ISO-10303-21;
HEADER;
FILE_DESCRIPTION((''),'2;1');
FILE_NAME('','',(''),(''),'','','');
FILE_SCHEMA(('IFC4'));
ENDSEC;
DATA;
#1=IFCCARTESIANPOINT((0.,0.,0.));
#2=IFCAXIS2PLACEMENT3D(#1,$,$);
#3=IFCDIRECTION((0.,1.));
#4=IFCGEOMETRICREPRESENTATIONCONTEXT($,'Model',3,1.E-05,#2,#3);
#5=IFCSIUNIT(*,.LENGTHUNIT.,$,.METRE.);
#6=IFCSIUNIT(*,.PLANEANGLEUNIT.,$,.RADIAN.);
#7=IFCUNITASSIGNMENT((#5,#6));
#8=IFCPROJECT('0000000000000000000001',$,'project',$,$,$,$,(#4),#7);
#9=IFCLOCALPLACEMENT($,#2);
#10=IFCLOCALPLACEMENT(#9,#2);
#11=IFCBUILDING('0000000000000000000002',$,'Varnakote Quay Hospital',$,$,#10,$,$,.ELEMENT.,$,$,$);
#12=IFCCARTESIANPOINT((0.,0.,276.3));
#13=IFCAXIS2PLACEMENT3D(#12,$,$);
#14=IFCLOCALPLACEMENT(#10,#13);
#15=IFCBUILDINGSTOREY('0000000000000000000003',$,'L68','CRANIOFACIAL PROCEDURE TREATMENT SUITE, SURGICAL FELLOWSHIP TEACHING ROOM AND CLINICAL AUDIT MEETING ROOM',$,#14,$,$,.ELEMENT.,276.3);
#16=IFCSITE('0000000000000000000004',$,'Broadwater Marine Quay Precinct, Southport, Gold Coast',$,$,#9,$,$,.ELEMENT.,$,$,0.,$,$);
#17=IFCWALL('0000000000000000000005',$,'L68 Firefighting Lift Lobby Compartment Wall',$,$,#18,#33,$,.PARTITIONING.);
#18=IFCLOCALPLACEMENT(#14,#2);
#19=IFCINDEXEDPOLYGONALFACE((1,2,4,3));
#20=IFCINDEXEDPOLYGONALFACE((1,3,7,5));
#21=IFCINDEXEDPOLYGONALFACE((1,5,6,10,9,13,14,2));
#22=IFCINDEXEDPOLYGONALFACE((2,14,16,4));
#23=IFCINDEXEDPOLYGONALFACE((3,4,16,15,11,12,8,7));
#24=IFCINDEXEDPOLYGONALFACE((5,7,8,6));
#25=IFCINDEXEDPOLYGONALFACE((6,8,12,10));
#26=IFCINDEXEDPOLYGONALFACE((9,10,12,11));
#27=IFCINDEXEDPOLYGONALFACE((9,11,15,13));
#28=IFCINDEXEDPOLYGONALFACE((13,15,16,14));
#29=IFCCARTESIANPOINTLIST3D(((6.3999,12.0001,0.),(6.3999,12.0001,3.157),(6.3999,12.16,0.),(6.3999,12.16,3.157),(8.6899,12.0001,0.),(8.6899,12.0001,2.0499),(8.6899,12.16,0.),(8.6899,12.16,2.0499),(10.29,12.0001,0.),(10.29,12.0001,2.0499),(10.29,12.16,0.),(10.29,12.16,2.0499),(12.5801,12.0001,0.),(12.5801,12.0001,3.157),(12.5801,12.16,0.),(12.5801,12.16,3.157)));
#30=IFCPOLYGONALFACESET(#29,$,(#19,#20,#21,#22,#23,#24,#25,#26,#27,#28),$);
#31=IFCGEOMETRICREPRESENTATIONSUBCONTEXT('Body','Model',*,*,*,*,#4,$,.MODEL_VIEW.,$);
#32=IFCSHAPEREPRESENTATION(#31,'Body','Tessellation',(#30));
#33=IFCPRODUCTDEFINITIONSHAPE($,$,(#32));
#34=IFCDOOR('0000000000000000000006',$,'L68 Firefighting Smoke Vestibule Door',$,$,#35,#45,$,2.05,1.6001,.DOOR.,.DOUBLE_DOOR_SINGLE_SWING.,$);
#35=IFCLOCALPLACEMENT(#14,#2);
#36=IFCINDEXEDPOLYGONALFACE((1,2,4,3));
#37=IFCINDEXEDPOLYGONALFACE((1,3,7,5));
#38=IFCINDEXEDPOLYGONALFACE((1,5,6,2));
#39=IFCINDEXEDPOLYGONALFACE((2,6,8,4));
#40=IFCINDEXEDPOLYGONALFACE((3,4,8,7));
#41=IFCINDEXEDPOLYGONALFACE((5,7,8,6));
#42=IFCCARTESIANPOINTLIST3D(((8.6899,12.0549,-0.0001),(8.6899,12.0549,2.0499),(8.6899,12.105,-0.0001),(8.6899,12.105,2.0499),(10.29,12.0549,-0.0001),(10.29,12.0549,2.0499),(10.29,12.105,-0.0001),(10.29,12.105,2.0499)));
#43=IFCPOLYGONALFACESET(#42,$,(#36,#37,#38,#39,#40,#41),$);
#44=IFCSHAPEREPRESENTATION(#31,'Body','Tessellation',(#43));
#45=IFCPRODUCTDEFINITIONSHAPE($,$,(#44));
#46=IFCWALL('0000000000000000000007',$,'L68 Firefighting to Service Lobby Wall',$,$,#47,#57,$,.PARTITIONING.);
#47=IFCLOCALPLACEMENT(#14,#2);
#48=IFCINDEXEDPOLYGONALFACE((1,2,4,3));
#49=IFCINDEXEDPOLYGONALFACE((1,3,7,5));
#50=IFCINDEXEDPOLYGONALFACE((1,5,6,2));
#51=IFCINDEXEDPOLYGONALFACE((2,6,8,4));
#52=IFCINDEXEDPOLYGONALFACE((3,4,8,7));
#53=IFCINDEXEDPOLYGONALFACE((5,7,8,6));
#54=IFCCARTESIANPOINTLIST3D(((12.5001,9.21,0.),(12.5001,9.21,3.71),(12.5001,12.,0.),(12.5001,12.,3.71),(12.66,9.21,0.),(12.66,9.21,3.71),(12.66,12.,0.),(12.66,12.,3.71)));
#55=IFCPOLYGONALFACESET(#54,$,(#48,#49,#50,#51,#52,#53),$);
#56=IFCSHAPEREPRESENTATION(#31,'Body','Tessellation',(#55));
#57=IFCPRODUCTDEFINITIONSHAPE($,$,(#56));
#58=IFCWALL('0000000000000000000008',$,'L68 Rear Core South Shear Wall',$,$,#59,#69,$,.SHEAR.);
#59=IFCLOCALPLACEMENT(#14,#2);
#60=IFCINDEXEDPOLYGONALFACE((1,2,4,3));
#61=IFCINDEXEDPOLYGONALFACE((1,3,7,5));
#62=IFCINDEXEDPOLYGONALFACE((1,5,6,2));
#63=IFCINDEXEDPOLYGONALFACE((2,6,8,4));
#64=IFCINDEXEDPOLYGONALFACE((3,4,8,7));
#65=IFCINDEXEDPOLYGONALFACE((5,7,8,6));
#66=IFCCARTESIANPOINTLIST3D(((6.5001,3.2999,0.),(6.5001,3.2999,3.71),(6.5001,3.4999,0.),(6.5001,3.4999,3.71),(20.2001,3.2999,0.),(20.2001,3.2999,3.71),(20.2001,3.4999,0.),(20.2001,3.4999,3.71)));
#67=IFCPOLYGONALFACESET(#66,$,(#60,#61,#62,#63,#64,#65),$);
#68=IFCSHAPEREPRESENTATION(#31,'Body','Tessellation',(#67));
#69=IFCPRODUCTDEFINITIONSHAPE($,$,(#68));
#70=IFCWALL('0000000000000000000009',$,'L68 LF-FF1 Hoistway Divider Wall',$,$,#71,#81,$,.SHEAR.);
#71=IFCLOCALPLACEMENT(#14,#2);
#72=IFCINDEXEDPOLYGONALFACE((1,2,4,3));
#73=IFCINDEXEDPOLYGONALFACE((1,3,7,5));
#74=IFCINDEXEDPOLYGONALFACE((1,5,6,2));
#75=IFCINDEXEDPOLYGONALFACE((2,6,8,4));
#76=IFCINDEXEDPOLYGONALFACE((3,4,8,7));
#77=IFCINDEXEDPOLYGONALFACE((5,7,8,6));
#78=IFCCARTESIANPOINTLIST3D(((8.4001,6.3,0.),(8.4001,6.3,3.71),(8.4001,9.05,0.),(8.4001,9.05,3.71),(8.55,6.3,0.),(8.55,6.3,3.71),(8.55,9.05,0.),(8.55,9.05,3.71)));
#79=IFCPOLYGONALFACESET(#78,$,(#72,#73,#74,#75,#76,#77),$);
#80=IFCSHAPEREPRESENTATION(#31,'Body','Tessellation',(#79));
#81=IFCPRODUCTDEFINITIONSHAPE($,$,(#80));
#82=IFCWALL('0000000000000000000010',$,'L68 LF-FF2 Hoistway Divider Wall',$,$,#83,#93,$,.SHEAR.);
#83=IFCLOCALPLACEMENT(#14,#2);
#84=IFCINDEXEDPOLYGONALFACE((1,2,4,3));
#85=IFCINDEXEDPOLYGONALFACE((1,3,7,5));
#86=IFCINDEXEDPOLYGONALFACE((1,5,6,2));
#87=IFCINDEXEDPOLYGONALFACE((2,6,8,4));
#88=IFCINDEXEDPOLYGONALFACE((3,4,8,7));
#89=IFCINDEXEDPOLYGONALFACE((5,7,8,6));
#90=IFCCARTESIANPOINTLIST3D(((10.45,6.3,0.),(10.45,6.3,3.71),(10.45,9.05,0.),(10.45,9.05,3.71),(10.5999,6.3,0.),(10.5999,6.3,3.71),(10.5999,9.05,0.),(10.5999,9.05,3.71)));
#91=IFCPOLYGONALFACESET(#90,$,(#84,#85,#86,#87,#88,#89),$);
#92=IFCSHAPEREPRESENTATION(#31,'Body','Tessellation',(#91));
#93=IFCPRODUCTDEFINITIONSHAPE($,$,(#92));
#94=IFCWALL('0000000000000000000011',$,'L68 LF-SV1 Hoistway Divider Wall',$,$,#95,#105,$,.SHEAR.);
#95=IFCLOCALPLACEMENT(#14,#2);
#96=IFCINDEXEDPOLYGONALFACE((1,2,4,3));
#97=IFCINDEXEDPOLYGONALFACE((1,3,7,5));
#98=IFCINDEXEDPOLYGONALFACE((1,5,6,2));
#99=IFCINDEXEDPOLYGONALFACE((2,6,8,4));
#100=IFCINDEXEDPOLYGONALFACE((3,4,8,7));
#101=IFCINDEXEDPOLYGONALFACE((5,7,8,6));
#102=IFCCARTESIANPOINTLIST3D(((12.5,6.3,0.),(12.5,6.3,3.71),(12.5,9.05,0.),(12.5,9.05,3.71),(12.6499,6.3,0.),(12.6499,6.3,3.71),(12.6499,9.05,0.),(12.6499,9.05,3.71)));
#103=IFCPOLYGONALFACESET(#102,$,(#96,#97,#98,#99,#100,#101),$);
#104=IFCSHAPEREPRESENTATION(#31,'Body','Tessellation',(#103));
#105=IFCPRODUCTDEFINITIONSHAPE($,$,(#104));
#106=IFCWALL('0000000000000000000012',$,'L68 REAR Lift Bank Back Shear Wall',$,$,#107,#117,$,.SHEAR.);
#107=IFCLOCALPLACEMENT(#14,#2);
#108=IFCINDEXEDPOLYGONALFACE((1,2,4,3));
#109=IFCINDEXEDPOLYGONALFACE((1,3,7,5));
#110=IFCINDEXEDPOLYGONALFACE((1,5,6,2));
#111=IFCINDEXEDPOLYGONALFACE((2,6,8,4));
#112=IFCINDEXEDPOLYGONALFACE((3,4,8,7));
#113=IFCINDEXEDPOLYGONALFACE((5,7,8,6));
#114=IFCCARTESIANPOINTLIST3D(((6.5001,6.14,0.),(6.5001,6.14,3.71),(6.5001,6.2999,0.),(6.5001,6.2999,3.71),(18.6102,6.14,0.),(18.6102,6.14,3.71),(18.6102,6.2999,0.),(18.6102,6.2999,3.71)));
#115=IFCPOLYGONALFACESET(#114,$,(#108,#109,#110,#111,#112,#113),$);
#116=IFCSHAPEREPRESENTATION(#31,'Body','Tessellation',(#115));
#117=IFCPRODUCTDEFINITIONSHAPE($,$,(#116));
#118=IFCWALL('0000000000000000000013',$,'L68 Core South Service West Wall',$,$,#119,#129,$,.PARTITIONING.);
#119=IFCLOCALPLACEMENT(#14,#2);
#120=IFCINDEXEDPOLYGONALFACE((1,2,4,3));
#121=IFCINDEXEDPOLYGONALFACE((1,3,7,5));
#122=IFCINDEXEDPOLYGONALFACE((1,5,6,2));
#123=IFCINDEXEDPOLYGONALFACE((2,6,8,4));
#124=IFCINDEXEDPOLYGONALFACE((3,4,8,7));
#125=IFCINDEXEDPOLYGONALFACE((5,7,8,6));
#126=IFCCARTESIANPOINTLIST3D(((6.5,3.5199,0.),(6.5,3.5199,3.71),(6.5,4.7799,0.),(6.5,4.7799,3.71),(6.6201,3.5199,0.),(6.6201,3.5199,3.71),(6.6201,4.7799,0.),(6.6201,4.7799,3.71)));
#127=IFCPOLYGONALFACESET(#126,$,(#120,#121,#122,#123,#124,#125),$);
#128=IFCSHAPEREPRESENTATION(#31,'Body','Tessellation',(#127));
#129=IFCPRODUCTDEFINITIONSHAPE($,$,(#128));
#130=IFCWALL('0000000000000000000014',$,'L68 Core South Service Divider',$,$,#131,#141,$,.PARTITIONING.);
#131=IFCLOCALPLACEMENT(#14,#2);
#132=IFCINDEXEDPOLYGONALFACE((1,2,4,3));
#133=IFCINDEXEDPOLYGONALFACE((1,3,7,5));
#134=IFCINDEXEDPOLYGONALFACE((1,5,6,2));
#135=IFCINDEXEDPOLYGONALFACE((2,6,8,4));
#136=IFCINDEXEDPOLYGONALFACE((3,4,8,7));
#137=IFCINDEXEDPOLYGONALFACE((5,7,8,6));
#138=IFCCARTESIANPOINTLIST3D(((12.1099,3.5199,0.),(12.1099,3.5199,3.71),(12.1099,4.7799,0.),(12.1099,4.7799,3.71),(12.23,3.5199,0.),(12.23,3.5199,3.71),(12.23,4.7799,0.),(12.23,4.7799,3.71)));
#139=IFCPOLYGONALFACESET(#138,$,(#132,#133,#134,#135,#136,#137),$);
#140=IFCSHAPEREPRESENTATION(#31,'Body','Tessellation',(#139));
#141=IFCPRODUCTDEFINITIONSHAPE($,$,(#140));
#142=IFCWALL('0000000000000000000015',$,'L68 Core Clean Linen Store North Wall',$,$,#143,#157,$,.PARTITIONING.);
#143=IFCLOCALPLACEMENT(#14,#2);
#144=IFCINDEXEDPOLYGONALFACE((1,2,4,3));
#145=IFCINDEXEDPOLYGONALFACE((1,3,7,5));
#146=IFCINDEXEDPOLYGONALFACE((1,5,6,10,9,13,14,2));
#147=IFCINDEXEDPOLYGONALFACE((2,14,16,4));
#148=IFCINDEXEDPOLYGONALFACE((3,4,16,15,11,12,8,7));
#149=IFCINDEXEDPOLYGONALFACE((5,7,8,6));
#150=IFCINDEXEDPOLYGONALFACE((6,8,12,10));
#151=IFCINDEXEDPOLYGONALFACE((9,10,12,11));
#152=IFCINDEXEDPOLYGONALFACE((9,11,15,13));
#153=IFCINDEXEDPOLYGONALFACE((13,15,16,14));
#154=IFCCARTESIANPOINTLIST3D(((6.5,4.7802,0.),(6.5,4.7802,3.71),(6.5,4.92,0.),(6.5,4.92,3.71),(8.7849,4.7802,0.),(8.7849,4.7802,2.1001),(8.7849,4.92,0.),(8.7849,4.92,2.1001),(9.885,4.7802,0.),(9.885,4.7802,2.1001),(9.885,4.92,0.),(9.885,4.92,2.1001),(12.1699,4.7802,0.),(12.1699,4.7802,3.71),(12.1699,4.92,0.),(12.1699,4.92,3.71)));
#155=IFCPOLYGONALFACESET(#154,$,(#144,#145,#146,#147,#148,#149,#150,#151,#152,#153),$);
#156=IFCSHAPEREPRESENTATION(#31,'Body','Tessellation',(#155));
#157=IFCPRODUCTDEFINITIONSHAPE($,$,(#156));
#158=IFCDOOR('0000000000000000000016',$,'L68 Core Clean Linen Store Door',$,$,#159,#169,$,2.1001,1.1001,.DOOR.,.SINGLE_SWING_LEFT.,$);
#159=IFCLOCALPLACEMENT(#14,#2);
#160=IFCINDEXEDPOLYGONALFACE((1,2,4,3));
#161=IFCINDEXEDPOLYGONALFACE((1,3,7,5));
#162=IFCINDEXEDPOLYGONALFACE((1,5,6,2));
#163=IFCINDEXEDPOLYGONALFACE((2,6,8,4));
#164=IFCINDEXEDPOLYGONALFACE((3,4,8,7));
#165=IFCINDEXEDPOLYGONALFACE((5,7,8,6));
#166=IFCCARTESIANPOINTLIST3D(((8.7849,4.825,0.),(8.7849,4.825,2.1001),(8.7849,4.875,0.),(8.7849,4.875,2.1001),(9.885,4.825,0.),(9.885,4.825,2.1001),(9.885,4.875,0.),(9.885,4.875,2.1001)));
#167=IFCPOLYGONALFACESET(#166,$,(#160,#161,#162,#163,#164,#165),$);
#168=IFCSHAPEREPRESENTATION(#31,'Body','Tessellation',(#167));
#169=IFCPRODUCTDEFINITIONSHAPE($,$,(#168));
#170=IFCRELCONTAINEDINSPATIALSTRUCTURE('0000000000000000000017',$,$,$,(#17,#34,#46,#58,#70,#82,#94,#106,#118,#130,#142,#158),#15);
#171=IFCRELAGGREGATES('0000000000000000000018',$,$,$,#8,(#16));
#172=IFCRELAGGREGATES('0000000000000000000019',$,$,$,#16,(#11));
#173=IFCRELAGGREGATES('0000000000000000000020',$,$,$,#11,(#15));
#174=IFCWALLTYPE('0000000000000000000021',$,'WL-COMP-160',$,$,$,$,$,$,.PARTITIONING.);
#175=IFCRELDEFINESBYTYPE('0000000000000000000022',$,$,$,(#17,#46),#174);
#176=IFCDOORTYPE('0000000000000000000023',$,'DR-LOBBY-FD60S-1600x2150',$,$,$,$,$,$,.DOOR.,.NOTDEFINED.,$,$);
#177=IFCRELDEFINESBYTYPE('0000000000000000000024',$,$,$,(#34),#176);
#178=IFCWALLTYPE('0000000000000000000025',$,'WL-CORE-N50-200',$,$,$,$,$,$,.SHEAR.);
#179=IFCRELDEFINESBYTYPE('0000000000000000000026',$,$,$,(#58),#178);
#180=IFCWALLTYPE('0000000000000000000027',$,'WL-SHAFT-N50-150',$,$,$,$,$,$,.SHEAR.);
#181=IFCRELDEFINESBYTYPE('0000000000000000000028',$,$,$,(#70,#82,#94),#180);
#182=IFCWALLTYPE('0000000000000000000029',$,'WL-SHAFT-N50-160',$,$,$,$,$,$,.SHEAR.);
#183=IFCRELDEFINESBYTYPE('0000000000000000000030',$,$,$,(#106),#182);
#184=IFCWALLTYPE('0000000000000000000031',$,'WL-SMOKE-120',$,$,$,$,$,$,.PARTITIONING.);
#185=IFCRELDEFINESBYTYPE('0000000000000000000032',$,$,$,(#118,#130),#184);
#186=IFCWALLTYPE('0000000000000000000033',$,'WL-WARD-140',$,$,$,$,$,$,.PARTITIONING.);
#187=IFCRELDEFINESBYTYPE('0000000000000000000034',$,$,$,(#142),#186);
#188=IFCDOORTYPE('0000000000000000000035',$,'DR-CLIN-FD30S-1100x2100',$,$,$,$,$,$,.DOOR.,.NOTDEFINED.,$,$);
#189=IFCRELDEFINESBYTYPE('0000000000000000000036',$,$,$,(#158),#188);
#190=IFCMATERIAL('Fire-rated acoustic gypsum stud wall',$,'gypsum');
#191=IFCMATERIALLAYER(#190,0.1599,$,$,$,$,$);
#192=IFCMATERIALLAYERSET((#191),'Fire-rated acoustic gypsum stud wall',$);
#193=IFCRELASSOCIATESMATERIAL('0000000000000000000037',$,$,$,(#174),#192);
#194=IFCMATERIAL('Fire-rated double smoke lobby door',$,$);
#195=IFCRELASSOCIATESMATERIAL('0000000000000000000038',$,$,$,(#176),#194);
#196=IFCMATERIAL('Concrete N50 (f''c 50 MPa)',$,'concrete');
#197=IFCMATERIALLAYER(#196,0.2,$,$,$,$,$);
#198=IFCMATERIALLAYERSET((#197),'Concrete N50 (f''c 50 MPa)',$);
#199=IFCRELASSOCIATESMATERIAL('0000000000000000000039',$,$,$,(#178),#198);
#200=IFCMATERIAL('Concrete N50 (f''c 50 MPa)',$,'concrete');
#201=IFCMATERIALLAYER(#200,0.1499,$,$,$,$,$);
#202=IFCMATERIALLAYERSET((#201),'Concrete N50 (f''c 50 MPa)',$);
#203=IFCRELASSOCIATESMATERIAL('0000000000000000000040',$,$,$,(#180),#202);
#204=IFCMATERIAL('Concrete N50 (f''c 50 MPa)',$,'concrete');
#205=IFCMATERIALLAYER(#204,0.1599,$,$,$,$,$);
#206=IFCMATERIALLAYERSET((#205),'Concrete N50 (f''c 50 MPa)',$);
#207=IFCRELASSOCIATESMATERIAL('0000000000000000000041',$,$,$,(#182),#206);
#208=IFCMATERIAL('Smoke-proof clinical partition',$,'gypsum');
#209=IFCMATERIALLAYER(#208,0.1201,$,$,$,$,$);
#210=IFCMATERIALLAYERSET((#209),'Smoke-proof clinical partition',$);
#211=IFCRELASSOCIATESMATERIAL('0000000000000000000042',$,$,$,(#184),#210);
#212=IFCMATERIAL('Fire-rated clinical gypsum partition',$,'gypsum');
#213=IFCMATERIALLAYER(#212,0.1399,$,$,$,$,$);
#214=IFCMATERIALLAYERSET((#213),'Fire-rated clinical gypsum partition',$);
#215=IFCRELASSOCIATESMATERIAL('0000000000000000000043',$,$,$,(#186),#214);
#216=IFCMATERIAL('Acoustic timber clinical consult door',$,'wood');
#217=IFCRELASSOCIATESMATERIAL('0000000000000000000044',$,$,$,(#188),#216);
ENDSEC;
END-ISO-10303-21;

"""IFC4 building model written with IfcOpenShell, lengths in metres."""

from ifc_helpers import new_model, si_unit, direction, frame, frame_2d, origin, place, context, subcontext, project, spatial, rectangle, extrude, material, layer, layer_set, type_object, element, fill, save


model = new_model("IFC4")

# Units and contexts
model_context = context("Model", 3, precision=1e-05, world=origin(), true_north=direction((0.0, 1.0)))
body_context = subcontext(model_context, "Body", "Model", "MODEL_VIEW")
ifc_project = project(units=[si_unit("LENGTHUNIT", "METRE"), si_unit("PLANEANGLEUNIT", "RADIAN")], contexts=[model_context])

# Site, building, storey
site_placement = place(None, origin())
site = spatial("IfcSite", under=ifc_project, at=site_placement, Name="Broadwater Marine Quay Precinct, Southport, Gold Coast", CompositionType="ELEMENT", RefElevation=0.0)
building_placement = place(site_placement, origin())
building = spatial("IfcBuilding", under=site, at=building_placement, Name="Varnakote Quay Hospital", CompositionType="ELEMENT")
storey_placement = place(building_placement, frame((0.0, 0.0, 276.3)))
storey = spatial("IfcBuildingStorey", under=building, at=storey_placement, Name="L68", Description="CRANIOFACIAL PROCEDURE TREATMENT SUITE, SURGICAL FELLOWSHIP TEACHING ROOM AND CLINICAL AUDIT MEETING ROOM", CompositionType="ELEMENT", Elevation=276.3)

# Wall, opening, door
ifc_material_1 = material(Name="Fire-rated acoustic gypsum stud wall", Category="gypsum")
ifc_layer_1 = layer(ifc_material_1, 0.1599)
ifc_layer_set_1 = layer_set([ifc_layer_1], Name="Fire-rated acoustic gypsum stud wall")
wall_type_1 = type_object("IfcWallType", Name="WL-COMP-160", PredefinedType="PARTITIONING", material=ifc_layer_set_1)
wall_1_placement = place(storey_placement, frame((6.3999, 12.0801, 0.0), z_axis=(0.0, 0.0, 1.0), x_axis=(1.0, 0.0, 0.0)))
wall_1 = element("IfcWall", 1, at=wall_1_placement, inside=storey, type_object=wall_type_1, Name="L68 Firefighting Lift Lobby Compartment Wall", PredefinedType="PARTITIONING", context=body_context, shape_type="SweptSolid", body=[
    extrude(rectangle(XDim=6.1802, YDim=0.1599, at=frame_2d((3.0901, 0.0))), origin(), (0.0, 0.0, 1.0), 3.157),
])
opening_1_placement = place(wall_1_placement, frame((2.29, 0.0, 0.0)))
opening_1 = element("IfcOpeningElement", 2, at=opening_1_placement, cuts=wall_1, PredefinedType="OPENING", context=body_context, shape_type="SweptSolid", body=[
    extrude(rectangle(XDim=1.6001, YDim=2.05, at=frame_2d((0.8, 1.0249))), frame((0.0, 0.0898, 0.0), z_axis=(0.0, -1.0, 0.0), x_axis=(1.0, 0.0, 0.0)), (0.0, 0.0, 1.0), 0.1799),
])
ifc_material_2 = material(Name="Fire-rated double smoke lobby door")
door_type_1 = type_object("IfcDoorType", Name="DR-LOBBY-FD60S-1600x2150", OperationType="NOTDEFINED", PredefinedType="DOOR", material=ifc_material_2)
door_1_placement = place(opening_1_placement, origin())
door_1 = element("IfcDoor", 3, at=door_1_placement, inside=storey, type_object=door_type_1, Name="L68 Firefighting Smoke Vestibule Door", OperationType="DOUBLE_DOOR_SINGLE_SWING", OverallHeight=2.05, OverallWidth=1.6001, PredefinedType="DOOR", context=body_context, shape_type="SweptSolid", body=[
    extrude(rectangle(XDim=1.6001, YDim=2.05, at=frame_2d((0.8, 1.0249))), frame((0.0, 0.0249, 0.0), z_axis=(0.0, -1.0, 0.0), x_axis=(1.0, 0.0, 0.0)), (0.0, 0.0, 1.0), 0.05),
])
fill(opening_1, door_1)

# Walls
wall_2_placement = place(storey_placement, frame((12.5801, 9.21, 0.0), z_axis=(0.0, 0.0, 1.0), x_axis=(0.0, 1.0, 0.0)))
element("IfcWall", 4, at=wall_2_placement, inside=storey, type_object=wall_type_1, Name="L68 Firefighting to Service Lobby Wall", PredefinedType="PARTITIONING", context=body_context, shape_type="SweptSolid", body=[
    extrude(rectangle(XDim=2.79, YDim=0.1599, at=frame_2d((1.395, 0.0))), origin(), (0.0, 0.0, 1.0), 3.71),
])
ifc_material_3 = material(Name="Concrete N50 (f'c 50 MPa)", Category="concrete")
ifc_layer_2 = layer(ifc_material_3, 0.2)
ifc_layer_set_2 = layer_set([ifc_layer_2], Name="Concrete N50 (f'c 50 MPa)")
wall_type_2 = type_object("IfcWallType", Name="WL-CORE-N50-200", PredefinedType="SHEAR", material=ifc_layer_set_2)
wall_3_placement = place(storey_placement, frame((6.5, 3.3999, 0.0), z_axis=(0.0, 0.0, 1.0), x_axis=(1.0, 0.0, 0.0)))
element("IfcWall", 5, at=wall_3_placement, inside=storey, type_object=wall_type_2, Name="L68 Rear Core South Shear Wall", PredefinedType="SHEAR", context=body_context, shape_type="SweptSolid", body=[
    extrude(rectangle(XDim=13.7, YDim=0.2, at=frame_2d((6.8501, 0.0))), origin(), (0.0, 0.0, 1.0), 3.71),
])
ifc_material_4 = material(Name="Concrete N50 (f'c 50 MPa)", Category="concrete")
ifc_layer_3 = layer(ifc_material_4, 0.1499)
ifc_layer_set_3 = layer_set([ifc_layer_3], Name="Concrete N50 (f'c 50 MPa)")
wall_type_3 = type_object("IfcWallType", Name="WL-SHAFT-N50-150", PredefinedType="SHEAR", material=ifc_layer_set_3)
for number, where, z_axis, x_axis, name in (
    (6, (8.4751, 6.3, 0.0), (0.0, 0.0, 1.0), (0.0, 1.0, 0.0), "L68 LF-FF1 Hoistway Divider Wall"),
    (7, (10.5249, 6.3, 0.0), (0.0, 0.0, 1.0), (0.0, 1.0, 0.0), "L68 LF-FF2 Hoistway Divider Wall"),
    (8, (12.575, 6.3, 0.0), (0.0, 0.0, 1.0), (0.0, 1.0, 0.0), "L68 LF-SV1 Hoistway Divider Wall"),
):
    element("IfcWall", number, at=place(storey_placement, frame(where, z_axis=z_axis, x_axis=x_axis)), inside=storey, type_object=wall_type_3, Name=name, PredefinedType="SHEAR", context=body_context, shape_type="SweptSolid", body=[
        extrude(rectangle(XDim=2.75, YDim=0.1499, at=frame_2d((1.375, 0.0))), origin(), (0.0, 0.0, 1.0), 3.71),
    ])
ifc_material_5 = material(Name="Concrete N50 (f'c 50 MPa)", Category="concrete")
ifc_layer_4 = layer(ifc_material_5, 0.1599)
ifc_layer_set_4 = layer_set([ifc_layer_4], Name="Concrete N50 (f'c 50 MPa)")
wall_type_4 = type_object("IfcWallType", Name="WL-SHAFT-N50-160", PredefinedType="SHEAR", material=ifc_layer_set_4)
wall_4_placement = place(storey_placement, frame((6.5, 6.22, 0.0), z_axis=(0.0, 0.0, 1.0), x_axis=(1.0, 0.0, 0.0)))
element("IfcWall", 9, at=wall_4_placement, inside=storey, type_object=wall_type_4, Name="L68 REAR Lift Bank Back Shear Wall", PredefinedType="SHEAR", context=body_context, shape_type="SweptSolid", body=[
    extrude(rectangle(XDim=12.1101, YDim=0.1599, at=frame_2d((6.0552, 0.0))), origin(), (0.0, 0.0, 1.0), 3.71),
])

# Walls
ifc_material_6 = material(Name="Smoke-proof clinical partition", Category="gypsum")
ifc_layer_5 = layer(ifc_material_6, 0.1201)
ifc_layer_set_5 = layer_set([ifc_layer_5], Name="Smoke-proof clinical partition")
wall_type_5 = type_object("IfcWallType", Name="WL-SMOKE-120", PredefinedType="PARTITIONING", material=ifc_layer_set_5)
for number, where, z_axis, x_axis, name in (
    (10, (6.5601, 3.52, 0.0), (0.0, 0.0, 1.0), (0.0, 1.0, 0.0), "L68 Core South Service West Wall"),
    (11, (12.1699, 3.52, 0.0), (0.0, 0.0, 1.0), (0.0, 1.0, 0.0), "L68 Core South Service Divider"),
):
    element("IfcWall", number, at=place(storey_placement, frame(where, z_axis=z_axis, x_axis=x_axis)), inside=storey, type_object=wall_type_5, Name=name, PredefinedType="PARTITIONING", context=body_context, shape_type="SweptSolid", body=[
        extrude(rectangle(XDim=1.26, YDim=0.1201, at=frame_2d((0.6299, 0.0))), origin(), (0.0, 0.0, 1.0), 3.71),
    ])

# Wall, opening, door
ifc_material_7 = material(Name="Fire-rated clinical gypsum partition", Category="gypsum")
ifc_layer_6 = layer(ifc_material_7, 0.1399)
ifc_layer_set_6 = layer_set([ifc_layer_6], Name="Fire-rated clinical gypsum partition")
wall_type_6 = type_object("IfcWallType", Name="WL-WARD-140", PredefinedType="PARTITIONING", material=ifc_layer_set_6)
wall_5_placement = place(storey_placement, frame((6.5, 4.8501, 0.0), z_axis=(0.0, 0.0, 1.0), x_axis=(1.0, 0.0, 0.0)))
wall_5 = element("IfcWall", 12, at=wall_5_placement, inside=storey, type_object=wall_type_6, Name="L68 Core Clean Linen Store North Wall", PredefinedType="PARTITIONING", context=body_context, shape_type="SweptSolid", body=[
    extrude(rectangle(XDim=5.6699, YDim=0.1399, at=frame_2d((2.835, 0.0))), origin(), (0.0, 0.0, 1.0), 3.71),
])
opening_2_placement = place(wall_5_placement, frame((2.2849, 0.0, 0.0)))
opening_2 = element("IfcOpeningElement", 13, at=opening_2_placement, cuts=wall_5, PredefinedType="OPENING", context=body_context, shape_type="SweptSolid", body=[
    extrude(rectangle(XDim=1.1001, YDim=2.1001, at=frame_2d((0.55, 1.05))), frame((0.0, 0.0798, 0.0), z_axis=(0.0, -1.0, 0.0), x_axis=(1.0, 0.0, 0.0)), (0.0, 0.0, 1.0), 0.1599),
])
ifc_material_8 = material(Name="Acoustic timber clinical consult door", Category="wood")
door_type_2 = type_object("IfcDoorType", Name="DR-CLIN-FD30S-1100x2100", OperationType="NOTDEFINED", PredefinedType="DOOR", material=ifc_material_8)
door_2_placement = place(opening_2_placement, origin())
door_2 = element("IfcDoor", 14, at=door_2_placement, inside=storey, type_object=door_type_2, Name="L68 Core Clean Linen Store Door", OperationType="SINGLE_SWING_LEFT", OverallHeight=2.1001, OverallWidth=1.1001, PredefinedType="DOOR", context=body_context, shape_type="SweptSolid", body=[
    extrude(rectangle(XDim=1.1001, YDim=2.1001, at=frame_2d((0.55, 1.05))), frame((0.0, 0.0249, 0.0), z_axis=(0.0, -1.0, 0.0), x_axis=(1.0, 0.0, 0.0)), (0.0, 0.0, 1.0), 0.05),
])
fill(opening_2, door_2)

save(model, "model.ifc")
